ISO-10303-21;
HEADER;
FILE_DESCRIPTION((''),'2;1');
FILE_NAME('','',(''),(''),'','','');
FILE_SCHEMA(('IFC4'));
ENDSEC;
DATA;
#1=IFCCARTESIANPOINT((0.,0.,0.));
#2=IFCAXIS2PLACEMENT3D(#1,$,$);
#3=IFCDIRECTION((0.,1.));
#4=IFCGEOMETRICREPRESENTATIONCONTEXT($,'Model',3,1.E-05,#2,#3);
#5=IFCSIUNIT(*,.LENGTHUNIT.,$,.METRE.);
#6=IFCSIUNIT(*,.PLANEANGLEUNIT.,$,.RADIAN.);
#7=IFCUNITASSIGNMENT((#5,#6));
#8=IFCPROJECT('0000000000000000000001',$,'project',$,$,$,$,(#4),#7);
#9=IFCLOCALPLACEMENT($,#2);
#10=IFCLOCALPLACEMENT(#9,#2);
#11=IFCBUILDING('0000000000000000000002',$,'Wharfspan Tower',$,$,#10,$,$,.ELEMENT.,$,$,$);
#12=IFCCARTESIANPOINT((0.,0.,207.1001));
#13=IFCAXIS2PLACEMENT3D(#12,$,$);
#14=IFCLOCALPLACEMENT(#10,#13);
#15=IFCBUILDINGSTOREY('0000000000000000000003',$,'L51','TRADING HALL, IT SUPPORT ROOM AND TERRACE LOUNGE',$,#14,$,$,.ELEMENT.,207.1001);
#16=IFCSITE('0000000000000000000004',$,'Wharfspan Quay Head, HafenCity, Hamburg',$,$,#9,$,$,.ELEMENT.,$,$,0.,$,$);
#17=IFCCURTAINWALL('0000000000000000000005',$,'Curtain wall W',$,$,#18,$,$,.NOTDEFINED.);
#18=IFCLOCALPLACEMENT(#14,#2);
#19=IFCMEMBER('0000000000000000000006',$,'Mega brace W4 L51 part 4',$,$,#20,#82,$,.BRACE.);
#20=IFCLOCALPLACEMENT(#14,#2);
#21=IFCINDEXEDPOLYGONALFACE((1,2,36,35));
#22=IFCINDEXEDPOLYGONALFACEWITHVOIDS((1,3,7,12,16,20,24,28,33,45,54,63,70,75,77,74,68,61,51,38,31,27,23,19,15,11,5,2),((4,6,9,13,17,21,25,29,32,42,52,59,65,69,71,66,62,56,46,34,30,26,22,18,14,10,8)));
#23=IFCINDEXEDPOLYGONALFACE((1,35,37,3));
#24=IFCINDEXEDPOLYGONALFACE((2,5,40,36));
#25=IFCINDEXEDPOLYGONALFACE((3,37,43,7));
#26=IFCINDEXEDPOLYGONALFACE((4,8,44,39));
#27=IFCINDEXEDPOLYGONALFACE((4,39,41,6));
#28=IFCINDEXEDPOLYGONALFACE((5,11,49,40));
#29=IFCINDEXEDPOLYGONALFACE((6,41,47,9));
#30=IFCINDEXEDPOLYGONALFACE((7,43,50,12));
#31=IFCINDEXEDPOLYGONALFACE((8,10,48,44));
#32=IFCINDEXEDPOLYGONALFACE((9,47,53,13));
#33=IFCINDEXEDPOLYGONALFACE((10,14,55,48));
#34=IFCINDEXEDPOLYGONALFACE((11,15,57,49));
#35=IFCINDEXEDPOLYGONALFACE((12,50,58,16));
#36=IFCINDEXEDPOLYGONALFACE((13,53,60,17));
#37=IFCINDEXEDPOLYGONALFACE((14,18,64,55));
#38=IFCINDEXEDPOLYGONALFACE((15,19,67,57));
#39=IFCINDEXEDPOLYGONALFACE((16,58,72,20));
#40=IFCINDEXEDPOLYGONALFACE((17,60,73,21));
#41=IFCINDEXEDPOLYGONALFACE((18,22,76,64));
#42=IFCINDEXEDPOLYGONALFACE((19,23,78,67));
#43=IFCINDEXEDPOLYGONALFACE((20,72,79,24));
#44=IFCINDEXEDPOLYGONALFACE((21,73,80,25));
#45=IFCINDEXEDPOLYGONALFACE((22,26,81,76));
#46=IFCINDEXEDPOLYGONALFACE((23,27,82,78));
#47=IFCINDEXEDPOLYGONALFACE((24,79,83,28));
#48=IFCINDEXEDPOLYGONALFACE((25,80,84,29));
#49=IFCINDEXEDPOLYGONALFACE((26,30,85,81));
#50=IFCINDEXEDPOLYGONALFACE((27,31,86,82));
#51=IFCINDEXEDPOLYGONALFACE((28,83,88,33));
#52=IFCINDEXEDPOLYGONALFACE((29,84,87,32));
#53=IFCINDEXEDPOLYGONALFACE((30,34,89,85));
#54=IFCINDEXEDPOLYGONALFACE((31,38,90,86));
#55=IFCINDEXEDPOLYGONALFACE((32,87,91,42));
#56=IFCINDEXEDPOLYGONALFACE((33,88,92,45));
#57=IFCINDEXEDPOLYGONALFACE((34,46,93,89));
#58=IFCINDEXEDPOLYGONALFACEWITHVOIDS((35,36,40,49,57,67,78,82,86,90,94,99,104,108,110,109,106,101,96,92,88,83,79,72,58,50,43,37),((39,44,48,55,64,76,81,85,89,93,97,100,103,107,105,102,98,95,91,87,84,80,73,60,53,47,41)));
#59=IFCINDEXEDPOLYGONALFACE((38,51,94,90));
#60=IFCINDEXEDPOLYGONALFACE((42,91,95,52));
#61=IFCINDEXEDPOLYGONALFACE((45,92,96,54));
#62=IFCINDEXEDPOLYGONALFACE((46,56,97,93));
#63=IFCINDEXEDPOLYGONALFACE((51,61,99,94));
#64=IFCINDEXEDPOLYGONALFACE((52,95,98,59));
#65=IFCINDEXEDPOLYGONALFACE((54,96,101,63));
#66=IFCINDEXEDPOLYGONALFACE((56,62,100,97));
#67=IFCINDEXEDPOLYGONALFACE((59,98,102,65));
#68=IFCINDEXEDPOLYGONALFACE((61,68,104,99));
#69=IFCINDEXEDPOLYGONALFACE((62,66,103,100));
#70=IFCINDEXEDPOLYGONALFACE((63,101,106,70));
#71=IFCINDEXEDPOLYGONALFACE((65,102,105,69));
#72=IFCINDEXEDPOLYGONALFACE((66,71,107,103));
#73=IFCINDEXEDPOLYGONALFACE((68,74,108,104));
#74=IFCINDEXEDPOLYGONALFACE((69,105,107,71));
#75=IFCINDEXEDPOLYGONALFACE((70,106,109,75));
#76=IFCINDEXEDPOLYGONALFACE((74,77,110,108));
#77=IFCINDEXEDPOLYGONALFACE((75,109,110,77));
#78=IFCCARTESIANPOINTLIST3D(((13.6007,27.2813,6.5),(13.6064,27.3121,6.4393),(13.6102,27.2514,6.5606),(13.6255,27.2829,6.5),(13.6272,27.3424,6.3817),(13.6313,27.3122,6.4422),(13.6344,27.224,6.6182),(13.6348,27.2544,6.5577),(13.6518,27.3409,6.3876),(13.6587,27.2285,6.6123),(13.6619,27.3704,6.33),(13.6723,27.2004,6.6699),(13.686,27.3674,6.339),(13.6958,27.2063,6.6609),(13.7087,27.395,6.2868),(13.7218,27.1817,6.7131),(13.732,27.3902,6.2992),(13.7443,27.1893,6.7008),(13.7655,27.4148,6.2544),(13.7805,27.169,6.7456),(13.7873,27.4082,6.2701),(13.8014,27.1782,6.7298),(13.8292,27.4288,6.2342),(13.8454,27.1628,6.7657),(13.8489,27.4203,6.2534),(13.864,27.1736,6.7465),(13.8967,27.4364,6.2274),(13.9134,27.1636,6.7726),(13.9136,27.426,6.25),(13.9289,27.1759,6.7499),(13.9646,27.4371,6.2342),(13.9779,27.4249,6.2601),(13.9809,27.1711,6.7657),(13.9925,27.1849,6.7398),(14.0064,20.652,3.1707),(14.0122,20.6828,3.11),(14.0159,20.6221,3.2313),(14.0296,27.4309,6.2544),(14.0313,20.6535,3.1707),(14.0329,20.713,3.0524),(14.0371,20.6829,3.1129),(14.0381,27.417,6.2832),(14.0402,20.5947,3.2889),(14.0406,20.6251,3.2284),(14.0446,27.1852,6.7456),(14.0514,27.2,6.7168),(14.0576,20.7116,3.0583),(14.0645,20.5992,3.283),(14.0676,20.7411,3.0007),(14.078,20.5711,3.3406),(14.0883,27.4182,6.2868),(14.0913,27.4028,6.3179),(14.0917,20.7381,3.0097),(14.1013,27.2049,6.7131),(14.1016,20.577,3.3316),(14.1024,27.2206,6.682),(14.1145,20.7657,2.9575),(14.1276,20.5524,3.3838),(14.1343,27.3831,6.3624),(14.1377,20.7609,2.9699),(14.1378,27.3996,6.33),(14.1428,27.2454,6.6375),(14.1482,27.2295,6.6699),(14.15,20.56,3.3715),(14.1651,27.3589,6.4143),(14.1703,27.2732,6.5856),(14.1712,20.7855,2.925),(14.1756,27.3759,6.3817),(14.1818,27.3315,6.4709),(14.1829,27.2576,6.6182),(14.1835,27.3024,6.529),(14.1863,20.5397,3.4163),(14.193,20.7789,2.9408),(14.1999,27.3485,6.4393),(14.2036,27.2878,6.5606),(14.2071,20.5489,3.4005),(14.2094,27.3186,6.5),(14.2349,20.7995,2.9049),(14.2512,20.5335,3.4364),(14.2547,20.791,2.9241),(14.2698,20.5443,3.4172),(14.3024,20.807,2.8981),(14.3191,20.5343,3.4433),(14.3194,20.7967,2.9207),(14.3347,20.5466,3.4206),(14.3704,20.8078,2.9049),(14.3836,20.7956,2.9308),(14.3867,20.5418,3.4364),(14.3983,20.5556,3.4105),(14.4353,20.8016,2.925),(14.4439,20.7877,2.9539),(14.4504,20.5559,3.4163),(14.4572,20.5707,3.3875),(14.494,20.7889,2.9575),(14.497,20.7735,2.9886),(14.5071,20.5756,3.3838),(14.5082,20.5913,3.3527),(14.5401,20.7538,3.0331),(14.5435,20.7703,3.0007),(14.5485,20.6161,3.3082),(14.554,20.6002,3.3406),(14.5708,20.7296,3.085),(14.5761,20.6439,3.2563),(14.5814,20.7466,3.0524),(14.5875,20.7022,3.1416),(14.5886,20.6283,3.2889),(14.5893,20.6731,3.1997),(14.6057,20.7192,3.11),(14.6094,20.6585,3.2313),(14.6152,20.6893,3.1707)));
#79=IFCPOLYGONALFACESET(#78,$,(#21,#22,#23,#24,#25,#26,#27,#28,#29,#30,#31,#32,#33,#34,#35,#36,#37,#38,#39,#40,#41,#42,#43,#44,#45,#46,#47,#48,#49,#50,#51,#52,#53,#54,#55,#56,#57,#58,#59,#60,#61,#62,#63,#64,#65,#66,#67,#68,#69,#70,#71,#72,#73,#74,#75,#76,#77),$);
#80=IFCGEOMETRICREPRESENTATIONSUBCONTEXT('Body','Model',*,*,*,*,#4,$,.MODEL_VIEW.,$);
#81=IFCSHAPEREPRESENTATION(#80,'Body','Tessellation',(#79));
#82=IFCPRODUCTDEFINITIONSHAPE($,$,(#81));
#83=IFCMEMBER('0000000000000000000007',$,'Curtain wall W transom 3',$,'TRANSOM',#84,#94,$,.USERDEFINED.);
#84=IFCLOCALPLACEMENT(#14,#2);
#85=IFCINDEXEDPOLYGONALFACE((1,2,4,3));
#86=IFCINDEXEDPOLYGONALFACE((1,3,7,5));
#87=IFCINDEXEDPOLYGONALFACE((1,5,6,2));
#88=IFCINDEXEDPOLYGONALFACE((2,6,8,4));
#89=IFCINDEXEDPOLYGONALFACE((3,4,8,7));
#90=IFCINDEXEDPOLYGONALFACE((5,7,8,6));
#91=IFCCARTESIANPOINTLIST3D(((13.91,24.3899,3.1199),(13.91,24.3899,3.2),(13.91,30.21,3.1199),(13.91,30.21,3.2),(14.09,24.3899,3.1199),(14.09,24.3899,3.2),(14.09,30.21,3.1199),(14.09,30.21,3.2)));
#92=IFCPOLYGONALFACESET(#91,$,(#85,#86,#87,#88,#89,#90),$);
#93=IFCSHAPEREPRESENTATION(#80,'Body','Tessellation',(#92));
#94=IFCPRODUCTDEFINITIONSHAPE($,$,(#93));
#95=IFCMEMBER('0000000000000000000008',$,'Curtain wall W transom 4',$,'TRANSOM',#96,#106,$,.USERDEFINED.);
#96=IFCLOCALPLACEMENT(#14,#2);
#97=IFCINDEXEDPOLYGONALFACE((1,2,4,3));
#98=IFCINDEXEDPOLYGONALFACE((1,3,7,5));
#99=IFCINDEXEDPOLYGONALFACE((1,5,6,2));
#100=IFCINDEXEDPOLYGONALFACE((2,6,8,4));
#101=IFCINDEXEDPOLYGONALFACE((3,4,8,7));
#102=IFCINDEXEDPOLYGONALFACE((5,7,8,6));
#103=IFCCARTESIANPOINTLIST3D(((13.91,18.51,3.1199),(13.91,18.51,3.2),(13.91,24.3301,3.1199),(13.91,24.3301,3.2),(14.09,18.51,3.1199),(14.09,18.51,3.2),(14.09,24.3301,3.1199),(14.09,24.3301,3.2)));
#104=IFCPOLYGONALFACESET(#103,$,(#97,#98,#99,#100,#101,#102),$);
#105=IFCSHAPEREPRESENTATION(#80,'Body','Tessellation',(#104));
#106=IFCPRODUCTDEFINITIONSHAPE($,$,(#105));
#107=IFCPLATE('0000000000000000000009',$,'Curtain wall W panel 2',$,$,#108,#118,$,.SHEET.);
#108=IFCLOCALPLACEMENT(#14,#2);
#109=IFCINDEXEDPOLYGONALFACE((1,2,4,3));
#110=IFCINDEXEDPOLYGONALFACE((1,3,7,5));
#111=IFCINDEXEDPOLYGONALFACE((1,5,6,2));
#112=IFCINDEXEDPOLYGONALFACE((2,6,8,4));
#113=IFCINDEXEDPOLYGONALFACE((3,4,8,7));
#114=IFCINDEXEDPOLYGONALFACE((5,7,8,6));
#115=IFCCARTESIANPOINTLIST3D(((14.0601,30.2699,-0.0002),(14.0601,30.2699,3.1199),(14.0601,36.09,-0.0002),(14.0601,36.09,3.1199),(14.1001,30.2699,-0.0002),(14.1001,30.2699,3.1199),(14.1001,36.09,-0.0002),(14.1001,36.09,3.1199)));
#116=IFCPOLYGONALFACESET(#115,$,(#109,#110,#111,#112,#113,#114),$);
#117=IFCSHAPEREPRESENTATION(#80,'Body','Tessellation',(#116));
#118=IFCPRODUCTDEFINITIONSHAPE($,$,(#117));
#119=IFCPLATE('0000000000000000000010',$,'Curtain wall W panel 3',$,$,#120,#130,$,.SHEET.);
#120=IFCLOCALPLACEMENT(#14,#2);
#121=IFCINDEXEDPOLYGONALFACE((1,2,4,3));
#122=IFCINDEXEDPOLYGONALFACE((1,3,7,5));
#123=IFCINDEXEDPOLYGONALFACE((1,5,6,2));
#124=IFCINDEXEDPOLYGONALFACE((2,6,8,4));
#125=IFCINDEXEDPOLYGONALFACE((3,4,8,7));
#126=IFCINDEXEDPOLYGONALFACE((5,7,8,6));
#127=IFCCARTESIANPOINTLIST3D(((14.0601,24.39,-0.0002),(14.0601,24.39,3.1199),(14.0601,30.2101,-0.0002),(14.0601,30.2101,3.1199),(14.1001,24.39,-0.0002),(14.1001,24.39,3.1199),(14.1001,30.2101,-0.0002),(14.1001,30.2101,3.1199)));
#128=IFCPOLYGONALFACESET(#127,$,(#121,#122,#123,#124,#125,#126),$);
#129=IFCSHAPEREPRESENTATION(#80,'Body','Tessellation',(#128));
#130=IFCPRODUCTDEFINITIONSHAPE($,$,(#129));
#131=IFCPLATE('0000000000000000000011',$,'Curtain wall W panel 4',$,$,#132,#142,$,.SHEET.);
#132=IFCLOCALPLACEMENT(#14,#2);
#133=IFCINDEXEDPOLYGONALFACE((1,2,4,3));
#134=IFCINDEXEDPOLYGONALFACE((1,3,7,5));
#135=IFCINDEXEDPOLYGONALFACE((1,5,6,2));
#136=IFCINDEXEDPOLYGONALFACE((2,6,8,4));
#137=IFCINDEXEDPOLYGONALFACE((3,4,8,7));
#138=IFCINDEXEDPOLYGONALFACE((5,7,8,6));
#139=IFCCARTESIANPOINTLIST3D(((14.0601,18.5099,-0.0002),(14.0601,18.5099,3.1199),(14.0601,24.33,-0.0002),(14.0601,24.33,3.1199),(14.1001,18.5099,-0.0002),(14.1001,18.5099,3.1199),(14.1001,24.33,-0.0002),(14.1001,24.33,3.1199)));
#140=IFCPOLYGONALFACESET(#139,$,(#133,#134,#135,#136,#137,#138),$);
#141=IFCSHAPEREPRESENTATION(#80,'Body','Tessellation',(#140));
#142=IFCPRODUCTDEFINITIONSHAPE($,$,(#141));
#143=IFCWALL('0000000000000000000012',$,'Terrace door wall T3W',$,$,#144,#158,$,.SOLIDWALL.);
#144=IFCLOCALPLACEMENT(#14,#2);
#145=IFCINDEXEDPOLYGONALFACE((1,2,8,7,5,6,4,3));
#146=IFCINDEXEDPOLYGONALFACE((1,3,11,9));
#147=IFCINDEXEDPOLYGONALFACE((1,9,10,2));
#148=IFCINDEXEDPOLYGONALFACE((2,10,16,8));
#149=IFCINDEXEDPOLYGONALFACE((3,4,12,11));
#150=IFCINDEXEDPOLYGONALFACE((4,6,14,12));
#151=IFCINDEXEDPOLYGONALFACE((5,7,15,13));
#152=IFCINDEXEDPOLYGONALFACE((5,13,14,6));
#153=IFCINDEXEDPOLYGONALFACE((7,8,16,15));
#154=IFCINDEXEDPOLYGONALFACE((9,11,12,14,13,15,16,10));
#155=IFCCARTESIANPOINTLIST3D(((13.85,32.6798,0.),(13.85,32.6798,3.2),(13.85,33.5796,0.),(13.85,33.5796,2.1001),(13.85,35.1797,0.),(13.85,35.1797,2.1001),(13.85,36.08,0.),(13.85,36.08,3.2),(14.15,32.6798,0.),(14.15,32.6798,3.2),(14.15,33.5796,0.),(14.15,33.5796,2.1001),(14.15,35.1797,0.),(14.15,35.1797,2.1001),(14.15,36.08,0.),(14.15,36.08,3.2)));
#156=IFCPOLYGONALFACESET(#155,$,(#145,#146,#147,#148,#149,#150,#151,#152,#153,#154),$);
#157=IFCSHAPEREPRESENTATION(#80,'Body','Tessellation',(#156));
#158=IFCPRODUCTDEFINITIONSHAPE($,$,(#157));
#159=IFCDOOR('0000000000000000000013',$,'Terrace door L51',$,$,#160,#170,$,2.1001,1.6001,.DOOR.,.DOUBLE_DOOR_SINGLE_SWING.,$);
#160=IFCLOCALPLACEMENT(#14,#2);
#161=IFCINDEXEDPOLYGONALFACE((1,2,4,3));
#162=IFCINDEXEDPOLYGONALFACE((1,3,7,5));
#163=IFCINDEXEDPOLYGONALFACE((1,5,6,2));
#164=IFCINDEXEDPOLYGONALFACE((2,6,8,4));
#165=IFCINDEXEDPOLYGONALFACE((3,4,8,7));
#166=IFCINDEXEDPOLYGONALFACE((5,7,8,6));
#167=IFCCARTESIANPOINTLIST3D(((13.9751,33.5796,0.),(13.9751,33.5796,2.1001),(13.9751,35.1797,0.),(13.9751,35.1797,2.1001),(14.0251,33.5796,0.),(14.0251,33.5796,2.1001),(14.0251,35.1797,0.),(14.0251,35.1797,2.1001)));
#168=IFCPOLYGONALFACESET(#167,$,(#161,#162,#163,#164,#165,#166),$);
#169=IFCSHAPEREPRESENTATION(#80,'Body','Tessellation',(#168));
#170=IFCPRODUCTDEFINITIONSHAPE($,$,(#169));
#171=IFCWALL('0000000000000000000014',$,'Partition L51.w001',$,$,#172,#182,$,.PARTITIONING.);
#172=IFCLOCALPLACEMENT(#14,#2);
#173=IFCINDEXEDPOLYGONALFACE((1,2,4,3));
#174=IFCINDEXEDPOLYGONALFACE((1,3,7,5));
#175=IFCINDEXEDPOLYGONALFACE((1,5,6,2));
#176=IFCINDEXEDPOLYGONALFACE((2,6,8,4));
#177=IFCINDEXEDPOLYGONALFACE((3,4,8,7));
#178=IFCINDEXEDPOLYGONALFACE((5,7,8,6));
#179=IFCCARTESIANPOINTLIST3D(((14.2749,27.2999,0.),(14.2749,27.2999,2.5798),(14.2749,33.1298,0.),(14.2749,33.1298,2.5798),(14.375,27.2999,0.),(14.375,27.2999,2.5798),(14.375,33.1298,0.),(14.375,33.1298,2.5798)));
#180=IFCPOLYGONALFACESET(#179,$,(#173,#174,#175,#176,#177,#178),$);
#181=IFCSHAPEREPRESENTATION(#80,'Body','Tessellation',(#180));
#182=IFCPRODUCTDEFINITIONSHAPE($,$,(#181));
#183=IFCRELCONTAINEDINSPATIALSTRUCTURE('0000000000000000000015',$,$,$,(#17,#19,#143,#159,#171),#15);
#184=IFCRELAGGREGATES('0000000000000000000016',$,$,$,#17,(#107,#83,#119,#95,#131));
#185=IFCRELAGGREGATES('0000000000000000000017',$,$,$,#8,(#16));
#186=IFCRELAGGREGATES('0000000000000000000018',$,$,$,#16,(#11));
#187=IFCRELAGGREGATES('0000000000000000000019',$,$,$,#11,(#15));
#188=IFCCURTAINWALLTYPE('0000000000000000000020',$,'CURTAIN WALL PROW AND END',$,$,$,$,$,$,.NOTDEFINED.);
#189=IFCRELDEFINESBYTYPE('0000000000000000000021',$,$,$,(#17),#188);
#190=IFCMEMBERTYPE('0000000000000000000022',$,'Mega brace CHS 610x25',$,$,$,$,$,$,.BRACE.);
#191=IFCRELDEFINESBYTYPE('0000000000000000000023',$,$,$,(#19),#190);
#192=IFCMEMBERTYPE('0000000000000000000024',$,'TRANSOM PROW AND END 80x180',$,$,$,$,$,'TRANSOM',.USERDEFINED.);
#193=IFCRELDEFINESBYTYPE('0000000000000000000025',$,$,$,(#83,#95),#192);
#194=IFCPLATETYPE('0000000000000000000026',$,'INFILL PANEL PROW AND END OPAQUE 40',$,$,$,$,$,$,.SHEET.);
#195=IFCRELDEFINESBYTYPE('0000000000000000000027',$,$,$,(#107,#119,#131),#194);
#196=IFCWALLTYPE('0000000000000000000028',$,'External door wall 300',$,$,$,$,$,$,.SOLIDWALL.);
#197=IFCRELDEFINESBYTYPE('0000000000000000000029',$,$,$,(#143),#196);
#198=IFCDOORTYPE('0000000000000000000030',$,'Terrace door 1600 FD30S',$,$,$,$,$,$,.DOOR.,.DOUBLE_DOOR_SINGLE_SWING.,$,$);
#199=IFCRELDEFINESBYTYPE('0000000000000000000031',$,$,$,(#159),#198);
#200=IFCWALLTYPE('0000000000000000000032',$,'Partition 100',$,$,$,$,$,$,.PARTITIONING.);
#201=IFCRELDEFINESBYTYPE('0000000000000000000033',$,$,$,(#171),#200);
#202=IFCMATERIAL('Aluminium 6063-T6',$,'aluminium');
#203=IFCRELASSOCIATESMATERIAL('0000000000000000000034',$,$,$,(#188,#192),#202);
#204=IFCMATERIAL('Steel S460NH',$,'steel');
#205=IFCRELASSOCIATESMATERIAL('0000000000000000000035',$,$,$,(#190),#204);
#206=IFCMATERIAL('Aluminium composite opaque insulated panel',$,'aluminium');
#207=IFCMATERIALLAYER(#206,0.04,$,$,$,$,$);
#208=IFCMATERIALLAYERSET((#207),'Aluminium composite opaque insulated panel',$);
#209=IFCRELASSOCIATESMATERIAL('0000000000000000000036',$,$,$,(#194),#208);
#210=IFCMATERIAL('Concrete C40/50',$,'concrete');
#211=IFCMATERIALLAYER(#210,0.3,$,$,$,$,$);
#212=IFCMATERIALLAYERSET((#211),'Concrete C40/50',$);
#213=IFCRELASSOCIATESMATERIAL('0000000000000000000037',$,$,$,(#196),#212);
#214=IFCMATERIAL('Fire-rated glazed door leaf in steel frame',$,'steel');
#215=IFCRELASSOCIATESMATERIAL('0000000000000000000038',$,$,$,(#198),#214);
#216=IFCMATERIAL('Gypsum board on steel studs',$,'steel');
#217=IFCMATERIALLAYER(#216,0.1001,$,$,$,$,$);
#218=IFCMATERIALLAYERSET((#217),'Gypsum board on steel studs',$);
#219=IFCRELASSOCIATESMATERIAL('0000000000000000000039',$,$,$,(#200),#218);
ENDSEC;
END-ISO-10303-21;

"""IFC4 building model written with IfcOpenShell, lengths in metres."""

from ifc_helpers import new_model, si_unit, direction, frame, frame_2d, origin, origin_2d, place, context, subcontext, project, spatial, rectangle, hollow_circle, extrude, material, layer, layer_set, material_profile, profile_set, type_object, element, fill, aggregate, save


model = new_model("IFC4")

# Units and contexts
model_context = context("Model", 3, precision=1e-05, world=origin(), true_north=direction((0.0, 1.0)))
body_context = subcontext(model_context, "Body", "Model", "MODEL_VIEW")
ifc_project = project(units=[si_unit("LENGTHUNIT", "METRE"), si_unit("PLANEANGLEUNIT", "RADIAN")], contexts=[model_context])

# Site, building, storey
site_placement = place(None, origin())
site = spatial("IfcSite", under=ifc_project, at=site_placement, Name="Wharfspan Quay Head, HafenCity, Hamburg", CompositionType="ELEMENT", RefElevation=0.0)
building_placement = place(site_placement, origin())
building = spatial("IfcBuilding", under=site, at=building_placement, Name="Wharfspan Tower", CompositionType="ELEMENT")
storey_placement = place(building_placement, frame((0.0, 0.0, 207.1001)))
storey = spatial("IfcBuildingStorey", under=building, at=storey_placement, Name="L51", Description="TRADING HALL, IT SUPPORT ROOM AND TERRACE LOUNGE", CompositionType="ELEMENT", Elevation=207.1001)

# Shared definitions
ifc_material_1 = material(Name="Steel S460NH", Category="steel")

# Curtain wall
ifc_material_2 = material(Name="Aluminium 6063-T6", Category="aluminium")
curtain_wall_type = type_object("IfcCurtainWallType", Name="CURTAIN WALL PROW AND END", PredefinedType="NOTDEFINED", material=ifc_material_2)
curtain_wall_placement = place(storey_placement, origin())
curtain_wall = element("IfcCurtainWall", 1, at=curtain_wall_placement, inside=storey, type_object=curtain_wall_type, Name="Curtain wall W", PredefinedType="NOTDEFINED")

# Member
ifc_material_profile_1 = material_profile(ifc_material_1, hollow_circle(Radius=0.3049, WallThickness=0.0249, at=origin_2d()))
ifc_profile_set_1 = profile_set([ifc_material_profile_1], Name="Steel S460NH")
member_type_1 = type_object("IfcMemberType", Name="Mega brace CHS 610x25", PredefinedType="BRACE", material=ifc_profile_set_1)
member_1_placement = place(storey_placement, frame((14.3108, 20.6707, 3.1707), z_axis=(-0.054615, 0.892302, 0.448123), x_axis=(-0.998132, -0.061091, -0.000003)))
element("IfcMember", 2, at=member_1_placement, inside=storey, type_object=member_type_1, Name="Mega brace W4 L51 part 4", PredefinedType="BRACE", context=body_context, shape_type="SweptSolid", body=[
    extrude(hollow_circle(Radius=0.3049, WallThickness=0.0249, at=origin_2d()), origin(), (0.0, 0.0, 1.0), 7.4294),
])

# Members
ifc_material_profile_2 = material_profile(ifc_material_2, rectangle(XDim=0.1799, YDim=0.0801, at=origin_2d()))
ifc_profile_set_2 = profile_set([ifc_material_profile_2], Name="Aluminium 6063-T6")
member_type_2 = type_object("IfcMemberType", Name="TRANSOM PROW AND END 80x180", ElementType="TRANSOM", PredefinedType="USERDEFINED", material=ifc_profile_set_2)
member_2_placement = place(storey_placement, frame((14.0, 30.21, 3.1599), z_axis=(0.0, -1.0, 0.0), x_axis=(1.0, 0.0, 0.0)))
member_2 = element("IfcMember", 3, at=member_2_placement, type_object=member_type_2, Name="Curtain wall W transom 3", ObjectType="TRANSOM", PredefinedType="USERDEFINED", context=body_context, shape_type="SweptSolid", body=[
    extrude(rectangle(XDim=0.1799, YDim=0.0801, at=origin_2d()), origin(), (0.0, 0.0, 1.0), 5.8201),
])
member_3_placement = place(storey_placement, frame((14.0, 24.3301, 3.1599), z_axis=(0.0, -1.0, 0.0), x_axis=(1.0, 0.0, 0.0)))
member_3 = element("IfcMember", 4, at=member_3_placement, type_object=member_type_2, Name="Curtain wall W transom 4", ObjectType="TRANSOM", PredefinedType="USERDEFINED", context=body_context, shape_type="SweptSolid", body=[
    extrude(rectangle(XDim=0.1799, YDim=0.0801, at=origin_2d()), origin(), (0.0, 0.0, 1.0), 5.8201),
])

# Plates
ifc_material_3 = material(Name="Aluminium composite opaque insulated panel", Category="aluminium")
ifc_layer_1 = layer(ifc_material_3, 0.04)
ifc_layer_set_1 = layer_set([ifc_layer_1], Name="Aluminium composite opaque insulated panel")
plate_type = type_object("IfcPlateType", Name="INFILL PANEL PROW AND END OPAQUE 40", PredefinedType="SHEET", material=ifc_layer_set_1)
plate_1_placement = place(storey_placement, frame((14.0801, 33.1799, -0.0002), z_axis=(0.0, 0.0, 1.0), x_axis=(0.0, -1.0, 0.0)))
plate_1 = element("IfcPlate", 5, at=plate_1_placement, type_object=plate_type, Name="Curtain wall W panel 2", PredefinedType="SHEET", context=body_context, shape_type="SweptSolid", body=[
    extrude(rectangle(XDim=5.8201, YDim=0.04, at=origin_2d()), origin(), (0.0, 0.0, 1.0), 3.1201),
])
plate_2_placement = place(storey_placement, frame((14.0801, 27.3, -0.0002), z_axis=(0.0, 0.0, 1.0), x_axis=(0.0, -1.0, 0.0)))
plate_2 = element("IfcPlate", 6, at=plate_2_placement, type_object=plate_type, Name="Curtain wall W panel 3", PredefinedType="SHEET", context=body_context, shape_type="SweptSolid", body=[
    extrude(rectangle(XDim=5.8201, YDim=0.04, at=origin_2d()), origin(), (0.0, 0.0, 1.0), 3.1201),
])
plate_3_placement = place(storey_placement, frame((14.0801, 21.4199, -0.0002), z_axis=(0.0, 0.0, 1.0), x_axis=(0.0, -1.0, 0.0)))
plate_3 = element("IfcPlate", 7, at=plate_3_placement, type_object=plate_type, Name="Curtain wall W panel 4", PredefinedType="SHEET", context=body_context, shape_type="SweptSolid", body=[
    extrude(rectangle(XDim=5.8201, YDim=0.04, at=origin_2d()), origin(), (0.0, 0.0, 1.0), 3.1201),
])
aggregate(curtain_wall, [plate_1, member_2, plate_2, member_3, plate_3])

# Wall, opening, door
ifc_material_4 = material(Name="Concrete C40/50", Category="concrete")
ifc_layer_2 = layer(ifc_material_4, 0.3)
ifc_layer_set_2 = layer_set([ifc_layer_2], Name="Concrete C40/50")
wall_type_1 = type_object("IfcWallType", Name="External door wall 300", PredefinedType="SOLIDWALL", material=ifc_layer_set_2)
wall_1_placement = place(storey_placement, frame((14.0, 32.6797, 0.0), z_axis=(0.0, 0.0, 1.0), x_axis=(0.0, 1.0, 0.0)))
wall_1 = element("IfcWall", 8, at=wall_1_placement, inside=storey, type_object=wall_type_1, Name="Terrace door wall T3W", PredefinedType="SOLIDWALL", context=body_context, shape_type="SweptSolid", body=[
    extrude(rectangle(XDim=3.4001, YDim=0.3, at=frame_2d((1.7002, 0.0))), origin(), (0.0, 0.0, 1.0), 3.2),
])
opening_placement = place(wall_1_placement, frame((0.8999, 0.0, 0.0)))
opening = element("IfcOpeningElement", 9, at=opening_placement, cuts=wall_1, PredefinedType="OPENING", context=body_context, shape_type="SweptSolid", body=[
    extrude(rectangle(XDim=1.6001, YDim=2.1001, at=frame_2d((0.8, 1.05))), frame((0.0, 0.1599, 0.0), z_axis=(0.0, -1.0, 0.0), x_axis=(1.0, 0.0, 0.0)), (0.0, 0.0, 1.0), 0.3201),
])
ifc_material_5 = material(Name="Fire-rated glazed door leaf in steel frame", Category="steel")
door_type = type_object("IfcDoorType", Name="Terrace door 1600 FD30S", OperationType="DOUBLE_DOOR_SINGLE_SWING", PredefinedType="DOOR", material=ifc_material_5)
door_placement = place(opening_placement, origin())
door = element("IfcDoor", 10, at=door_placement, inside=storey, type_object=door_type, Name="Terrace door L51", OperationType="DOUBLE_DOOR_SINGLE_SWING", OverallHeight=2.1001, OverallWidth=1.6001, PredefinedType="DOOR", context=body_context, shape_type="SweptSolid", body=[
    extrude(rectangle(XDim=1.6001, YDim=2.1001, at=frame_2d((0.8, 1.05))), frame((0.0, 0.0249, 0.0), z_axis=(0.0, -1.0, 0.0), x_axis=(1.0, 0.0, 0.0)), (0.0, 0.0, 1.0), 0.05),
])
fill(opening, door)

# Wall
ifc_material_6 = material(Name="Gypsum board on steel studs", Category="steel")
ifc_layer_3 = layer(ifc_material_6, 0.1001)
ifc_layer_set_3 = layer_set([ifc_layer_3], Name="Gypsum board on steel studs")
wall_type_2 = type_object("IfcWallType", Name="Partition 100", PredefinedType="PARTITIONING", material=ifc_layer_set_3)
wall_2_placement = place(storey_placement, frame((14.325, 33.1299, 0.0), z_axis=(0.0, 0.0, 1.0), x_axis=(0.0, -1.0, 0.0)))
element("IfcWall", 11, at=wall_2_placement, inside=storey, type_object=wall_type_2, Name="Partition L51.w001", PredefinedType="PARTITIONING", context=body_context, shape_type="SweptSolid", body=[
    extrude(rectangle(XDim=5.8298, YDim=0.1001, at=frame_2d((2.915, 0.0))), origin(), (0.0, 0.0, 1.0), 2.5798),
])

save(model, "model.ifc")
